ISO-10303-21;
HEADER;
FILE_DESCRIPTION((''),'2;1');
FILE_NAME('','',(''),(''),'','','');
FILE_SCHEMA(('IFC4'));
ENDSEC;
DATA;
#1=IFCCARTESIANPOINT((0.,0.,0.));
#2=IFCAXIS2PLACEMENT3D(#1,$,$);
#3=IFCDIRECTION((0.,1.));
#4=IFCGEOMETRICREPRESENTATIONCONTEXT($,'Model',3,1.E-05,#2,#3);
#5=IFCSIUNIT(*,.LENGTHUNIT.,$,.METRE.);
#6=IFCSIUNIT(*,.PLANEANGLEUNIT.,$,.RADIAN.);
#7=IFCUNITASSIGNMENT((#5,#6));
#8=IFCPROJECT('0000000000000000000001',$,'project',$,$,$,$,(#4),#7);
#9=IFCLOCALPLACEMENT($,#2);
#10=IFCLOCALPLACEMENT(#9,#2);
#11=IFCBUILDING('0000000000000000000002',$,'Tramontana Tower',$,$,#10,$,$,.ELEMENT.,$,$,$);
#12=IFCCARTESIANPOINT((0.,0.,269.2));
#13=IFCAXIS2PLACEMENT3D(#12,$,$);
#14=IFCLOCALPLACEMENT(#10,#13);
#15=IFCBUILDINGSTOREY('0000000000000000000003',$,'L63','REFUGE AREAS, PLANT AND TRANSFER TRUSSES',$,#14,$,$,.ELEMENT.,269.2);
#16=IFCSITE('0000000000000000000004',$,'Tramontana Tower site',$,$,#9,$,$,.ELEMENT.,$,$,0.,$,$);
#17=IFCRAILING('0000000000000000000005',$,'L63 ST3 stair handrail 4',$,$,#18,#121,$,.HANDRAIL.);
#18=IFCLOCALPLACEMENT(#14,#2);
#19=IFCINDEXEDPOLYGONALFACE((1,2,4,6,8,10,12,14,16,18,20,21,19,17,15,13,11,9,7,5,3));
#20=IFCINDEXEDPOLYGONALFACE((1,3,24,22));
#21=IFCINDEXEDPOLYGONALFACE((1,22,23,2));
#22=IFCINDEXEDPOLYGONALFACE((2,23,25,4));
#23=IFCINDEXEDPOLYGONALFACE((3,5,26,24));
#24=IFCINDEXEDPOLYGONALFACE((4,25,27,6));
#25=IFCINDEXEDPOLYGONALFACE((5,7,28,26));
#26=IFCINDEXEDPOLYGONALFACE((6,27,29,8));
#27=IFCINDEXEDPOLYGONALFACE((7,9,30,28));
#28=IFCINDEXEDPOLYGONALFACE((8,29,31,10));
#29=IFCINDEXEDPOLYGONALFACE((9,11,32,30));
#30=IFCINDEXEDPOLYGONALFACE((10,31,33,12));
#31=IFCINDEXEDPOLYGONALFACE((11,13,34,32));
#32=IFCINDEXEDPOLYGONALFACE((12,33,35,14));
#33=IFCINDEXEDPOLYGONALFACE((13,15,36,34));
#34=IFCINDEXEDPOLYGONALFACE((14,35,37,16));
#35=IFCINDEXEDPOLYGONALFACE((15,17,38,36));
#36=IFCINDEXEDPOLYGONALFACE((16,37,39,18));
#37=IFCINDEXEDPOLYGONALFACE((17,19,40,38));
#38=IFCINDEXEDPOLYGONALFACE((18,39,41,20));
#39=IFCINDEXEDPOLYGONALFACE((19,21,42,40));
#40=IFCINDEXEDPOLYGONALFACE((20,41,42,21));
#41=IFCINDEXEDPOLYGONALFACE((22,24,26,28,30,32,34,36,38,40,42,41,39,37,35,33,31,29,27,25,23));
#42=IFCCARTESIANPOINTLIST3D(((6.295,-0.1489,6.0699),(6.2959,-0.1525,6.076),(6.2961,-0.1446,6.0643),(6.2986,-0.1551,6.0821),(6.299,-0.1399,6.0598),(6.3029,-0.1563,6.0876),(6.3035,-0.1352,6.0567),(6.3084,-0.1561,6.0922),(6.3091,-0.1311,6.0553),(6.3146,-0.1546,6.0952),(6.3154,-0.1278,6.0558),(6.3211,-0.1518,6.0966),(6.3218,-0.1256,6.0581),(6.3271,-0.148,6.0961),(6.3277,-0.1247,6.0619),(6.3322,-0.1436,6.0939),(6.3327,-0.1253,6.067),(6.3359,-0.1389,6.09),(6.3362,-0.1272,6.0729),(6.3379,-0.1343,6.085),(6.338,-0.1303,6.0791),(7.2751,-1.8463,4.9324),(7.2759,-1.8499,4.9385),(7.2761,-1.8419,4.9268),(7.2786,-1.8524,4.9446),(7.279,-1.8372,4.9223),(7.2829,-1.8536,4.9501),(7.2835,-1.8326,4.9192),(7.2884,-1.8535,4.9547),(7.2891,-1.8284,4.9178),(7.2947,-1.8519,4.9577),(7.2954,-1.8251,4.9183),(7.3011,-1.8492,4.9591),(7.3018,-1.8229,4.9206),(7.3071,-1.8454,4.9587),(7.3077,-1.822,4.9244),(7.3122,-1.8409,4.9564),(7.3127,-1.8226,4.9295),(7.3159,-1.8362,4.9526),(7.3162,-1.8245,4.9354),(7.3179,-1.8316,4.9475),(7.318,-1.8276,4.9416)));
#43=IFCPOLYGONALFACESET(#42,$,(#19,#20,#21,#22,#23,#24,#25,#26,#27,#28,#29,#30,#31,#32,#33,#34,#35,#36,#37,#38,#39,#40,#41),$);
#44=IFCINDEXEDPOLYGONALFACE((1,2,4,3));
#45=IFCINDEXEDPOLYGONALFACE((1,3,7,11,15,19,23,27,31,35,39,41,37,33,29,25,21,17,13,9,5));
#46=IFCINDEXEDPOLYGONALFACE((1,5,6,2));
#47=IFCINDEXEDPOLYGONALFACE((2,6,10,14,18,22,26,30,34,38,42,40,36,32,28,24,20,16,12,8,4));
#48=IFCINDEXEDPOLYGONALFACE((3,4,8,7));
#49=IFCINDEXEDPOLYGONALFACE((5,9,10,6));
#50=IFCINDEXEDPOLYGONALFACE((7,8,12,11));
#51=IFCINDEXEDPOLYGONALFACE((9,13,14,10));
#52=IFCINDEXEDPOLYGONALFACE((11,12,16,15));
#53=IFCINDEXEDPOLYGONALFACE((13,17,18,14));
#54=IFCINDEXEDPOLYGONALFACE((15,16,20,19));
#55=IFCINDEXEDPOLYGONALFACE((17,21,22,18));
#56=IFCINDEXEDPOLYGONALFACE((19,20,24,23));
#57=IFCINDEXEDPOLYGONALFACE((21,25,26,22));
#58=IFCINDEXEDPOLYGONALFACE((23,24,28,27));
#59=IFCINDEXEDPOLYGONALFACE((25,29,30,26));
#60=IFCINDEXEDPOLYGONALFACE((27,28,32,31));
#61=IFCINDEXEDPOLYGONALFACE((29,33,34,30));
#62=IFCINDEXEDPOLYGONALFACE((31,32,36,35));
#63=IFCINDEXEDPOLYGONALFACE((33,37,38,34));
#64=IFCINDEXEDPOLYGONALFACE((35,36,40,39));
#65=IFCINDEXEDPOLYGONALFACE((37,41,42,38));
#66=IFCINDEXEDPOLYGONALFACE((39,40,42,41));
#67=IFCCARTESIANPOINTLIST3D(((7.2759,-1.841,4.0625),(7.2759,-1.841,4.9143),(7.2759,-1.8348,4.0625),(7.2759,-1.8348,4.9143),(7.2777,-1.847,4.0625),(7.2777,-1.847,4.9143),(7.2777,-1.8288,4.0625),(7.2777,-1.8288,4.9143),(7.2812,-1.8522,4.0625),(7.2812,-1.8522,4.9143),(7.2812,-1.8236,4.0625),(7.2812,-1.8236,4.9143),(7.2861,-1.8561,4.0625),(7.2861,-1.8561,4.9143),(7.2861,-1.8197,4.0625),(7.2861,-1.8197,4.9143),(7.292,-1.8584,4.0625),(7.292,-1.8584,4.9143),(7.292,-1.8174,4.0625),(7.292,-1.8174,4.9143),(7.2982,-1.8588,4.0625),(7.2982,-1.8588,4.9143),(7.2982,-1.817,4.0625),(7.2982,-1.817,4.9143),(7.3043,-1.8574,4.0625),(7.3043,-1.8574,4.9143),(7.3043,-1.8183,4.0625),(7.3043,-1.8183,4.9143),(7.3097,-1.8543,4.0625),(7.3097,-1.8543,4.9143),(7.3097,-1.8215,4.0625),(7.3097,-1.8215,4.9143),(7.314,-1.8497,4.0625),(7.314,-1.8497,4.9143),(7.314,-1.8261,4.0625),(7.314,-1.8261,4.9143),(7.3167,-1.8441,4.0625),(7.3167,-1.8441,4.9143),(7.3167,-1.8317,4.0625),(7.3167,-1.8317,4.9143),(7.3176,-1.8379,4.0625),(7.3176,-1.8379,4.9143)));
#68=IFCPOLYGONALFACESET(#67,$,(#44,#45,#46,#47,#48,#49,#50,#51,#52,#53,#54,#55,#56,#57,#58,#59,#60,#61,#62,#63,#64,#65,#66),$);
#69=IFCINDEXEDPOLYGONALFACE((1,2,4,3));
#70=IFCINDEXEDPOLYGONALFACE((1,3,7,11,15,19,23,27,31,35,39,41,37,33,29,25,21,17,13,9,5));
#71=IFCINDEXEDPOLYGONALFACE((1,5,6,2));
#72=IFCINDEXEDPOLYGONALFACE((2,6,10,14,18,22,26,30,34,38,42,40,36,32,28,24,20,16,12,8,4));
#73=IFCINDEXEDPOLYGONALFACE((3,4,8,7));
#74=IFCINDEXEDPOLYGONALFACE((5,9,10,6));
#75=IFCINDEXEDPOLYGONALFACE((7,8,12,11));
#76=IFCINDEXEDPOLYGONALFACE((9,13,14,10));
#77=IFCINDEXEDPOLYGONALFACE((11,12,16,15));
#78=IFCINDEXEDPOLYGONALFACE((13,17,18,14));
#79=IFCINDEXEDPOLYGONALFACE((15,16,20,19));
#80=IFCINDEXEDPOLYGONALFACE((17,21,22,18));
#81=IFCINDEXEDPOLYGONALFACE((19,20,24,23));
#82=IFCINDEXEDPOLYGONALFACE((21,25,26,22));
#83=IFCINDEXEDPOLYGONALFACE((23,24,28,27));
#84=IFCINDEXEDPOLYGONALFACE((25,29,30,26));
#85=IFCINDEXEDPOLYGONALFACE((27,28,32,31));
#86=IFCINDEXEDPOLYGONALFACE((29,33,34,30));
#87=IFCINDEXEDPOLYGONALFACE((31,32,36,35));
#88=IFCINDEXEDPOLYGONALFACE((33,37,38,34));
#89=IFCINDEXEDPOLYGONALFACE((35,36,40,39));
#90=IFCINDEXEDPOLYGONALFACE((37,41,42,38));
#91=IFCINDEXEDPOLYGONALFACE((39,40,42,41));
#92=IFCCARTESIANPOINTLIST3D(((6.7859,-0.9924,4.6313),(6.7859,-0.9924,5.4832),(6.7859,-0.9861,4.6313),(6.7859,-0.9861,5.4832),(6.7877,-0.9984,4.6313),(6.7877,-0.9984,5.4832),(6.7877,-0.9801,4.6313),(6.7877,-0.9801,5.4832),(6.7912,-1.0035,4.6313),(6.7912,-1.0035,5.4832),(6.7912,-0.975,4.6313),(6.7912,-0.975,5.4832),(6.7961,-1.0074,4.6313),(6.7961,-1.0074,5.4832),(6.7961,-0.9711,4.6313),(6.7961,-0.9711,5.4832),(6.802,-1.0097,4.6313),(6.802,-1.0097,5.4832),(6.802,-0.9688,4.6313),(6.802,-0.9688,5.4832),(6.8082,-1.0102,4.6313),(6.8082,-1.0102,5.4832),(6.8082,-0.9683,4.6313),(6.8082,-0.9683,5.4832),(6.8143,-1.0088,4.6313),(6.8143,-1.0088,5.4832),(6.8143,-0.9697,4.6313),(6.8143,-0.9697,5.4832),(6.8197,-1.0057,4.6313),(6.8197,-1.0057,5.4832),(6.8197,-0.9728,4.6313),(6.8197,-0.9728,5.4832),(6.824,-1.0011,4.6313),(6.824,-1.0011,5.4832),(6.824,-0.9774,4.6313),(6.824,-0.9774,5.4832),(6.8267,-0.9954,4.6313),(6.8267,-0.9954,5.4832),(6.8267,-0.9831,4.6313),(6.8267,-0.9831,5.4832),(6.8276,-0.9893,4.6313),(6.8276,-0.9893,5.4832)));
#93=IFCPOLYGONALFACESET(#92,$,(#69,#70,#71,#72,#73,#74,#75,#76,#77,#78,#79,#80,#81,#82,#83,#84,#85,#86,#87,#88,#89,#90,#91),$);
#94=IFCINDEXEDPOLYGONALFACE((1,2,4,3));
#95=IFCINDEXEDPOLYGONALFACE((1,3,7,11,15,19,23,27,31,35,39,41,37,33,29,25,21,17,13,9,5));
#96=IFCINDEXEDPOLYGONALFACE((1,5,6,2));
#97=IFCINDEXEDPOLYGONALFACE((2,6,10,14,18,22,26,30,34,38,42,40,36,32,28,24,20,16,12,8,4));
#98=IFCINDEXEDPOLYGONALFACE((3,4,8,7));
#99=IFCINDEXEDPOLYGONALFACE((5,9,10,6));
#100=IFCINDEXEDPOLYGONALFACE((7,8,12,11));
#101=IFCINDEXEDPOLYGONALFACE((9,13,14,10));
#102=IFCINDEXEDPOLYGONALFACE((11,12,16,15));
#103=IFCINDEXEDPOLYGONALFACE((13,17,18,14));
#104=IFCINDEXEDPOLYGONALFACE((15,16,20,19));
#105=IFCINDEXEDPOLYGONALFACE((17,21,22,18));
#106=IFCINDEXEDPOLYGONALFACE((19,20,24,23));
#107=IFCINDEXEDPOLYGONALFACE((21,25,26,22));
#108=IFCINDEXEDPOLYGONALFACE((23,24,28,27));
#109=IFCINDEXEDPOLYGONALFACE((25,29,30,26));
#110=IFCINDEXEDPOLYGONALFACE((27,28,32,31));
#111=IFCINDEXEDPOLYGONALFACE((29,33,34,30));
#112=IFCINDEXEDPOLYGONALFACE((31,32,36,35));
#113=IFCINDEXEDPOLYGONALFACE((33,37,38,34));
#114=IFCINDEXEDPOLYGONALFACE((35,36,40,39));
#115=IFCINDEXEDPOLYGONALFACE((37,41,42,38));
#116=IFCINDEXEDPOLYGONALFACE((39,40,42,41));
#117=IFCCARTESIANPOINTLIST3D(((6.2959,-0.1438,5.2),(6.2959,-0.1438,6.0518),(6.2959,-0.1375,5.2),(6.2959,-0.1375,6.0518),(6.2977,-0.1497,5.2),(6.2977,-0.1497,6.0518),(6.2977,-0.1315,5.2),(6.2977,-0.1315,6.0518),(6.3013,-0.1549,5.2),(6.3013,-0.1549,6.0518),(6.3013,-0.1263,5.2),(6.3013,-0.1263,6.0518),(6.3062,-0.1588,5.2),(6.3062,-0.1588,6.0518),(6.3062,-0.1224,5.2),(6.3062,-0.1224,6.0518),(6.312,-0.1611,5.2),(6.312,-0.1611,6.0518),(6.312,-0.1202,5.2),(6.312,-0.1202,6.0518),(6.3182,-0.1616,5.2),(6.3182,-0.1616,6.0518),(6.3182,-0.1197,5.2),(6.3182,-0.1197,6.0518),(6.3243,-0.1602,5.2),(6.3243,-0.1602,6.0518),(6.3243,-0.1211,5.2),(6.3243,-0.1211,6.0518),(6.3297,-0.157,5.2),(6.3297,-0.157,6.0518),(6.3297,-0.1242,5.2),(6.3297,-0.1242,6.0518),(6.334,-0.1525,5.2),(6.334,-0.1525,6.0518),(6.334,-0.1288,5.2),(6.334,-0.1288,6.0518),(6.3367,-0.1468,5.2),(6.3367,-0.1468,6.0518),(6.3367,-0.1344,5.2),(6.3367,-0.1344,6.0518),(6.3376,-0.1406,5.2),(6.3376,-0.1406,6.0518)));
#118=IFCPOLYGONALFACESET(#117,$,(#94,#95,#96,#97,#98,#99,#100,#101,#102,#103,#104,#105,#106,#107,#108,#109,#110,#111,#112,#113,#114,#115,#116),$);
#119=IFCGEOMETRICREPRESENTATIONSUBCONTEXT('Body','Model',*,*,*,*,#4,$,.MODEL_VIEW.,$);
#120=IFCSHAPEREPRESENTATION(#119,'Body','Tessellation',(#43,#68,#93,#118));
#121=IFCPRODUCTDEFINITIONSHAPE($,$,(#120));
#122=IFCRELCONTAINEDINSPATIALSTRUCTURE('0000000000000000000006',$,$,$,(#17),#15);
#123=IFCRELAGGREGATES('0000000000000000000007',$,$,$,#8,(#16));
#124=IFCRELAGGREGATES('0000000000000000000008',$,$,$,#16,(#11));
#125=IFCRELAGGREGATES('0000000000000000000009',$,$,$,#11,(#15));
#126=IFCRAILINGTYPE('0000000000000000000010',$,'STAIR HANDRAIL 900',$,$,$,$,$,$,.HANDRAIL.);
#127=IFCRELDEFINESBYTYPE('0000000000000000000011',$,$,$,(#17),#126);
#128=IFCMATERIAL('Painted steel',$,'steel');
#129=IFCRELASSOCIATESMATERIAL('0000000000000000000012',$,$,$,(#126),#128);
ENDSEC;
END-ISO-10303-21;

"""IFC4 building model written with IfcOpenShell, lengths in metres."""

from ifc_helpers import new_model, si_unit, direction, frame, origin, origin_2d, place, context, subcontext, project, spatial, circle, extrude, material, type_object, element, save


model = new_model("IFC4")

# Units and contexts
model_context = context("Model", 3, precision=1e-05, world=origin(), true_north=direction((0.0, 1.0)))
body_context = subcontext(model_context, "Body", "Model", "MODEL_VIEW")
ifc_project = project(units=[si_unit("LENGTHUNIT", "METRE"), si_unit("PLANEANGLEUNIT", "RADIAN")], contexts=[model_context])

# Site, building, storey
site_placement = place(None, origin())
site = spatial("IfcSite", under=ifc_project, at=site_placement, Name="Tramontana Tower site", CompositionType="ELEMENT", RefElevation=0.0)
building_placement = place(site_placement, origin())
building = spatial("IfcBuilding", under=site, at=building_placement, Name="Tramontana Tower", CompositionType="ELEMENT")
storey_placement = place(building_placement, frame((0.0, 0.0, 269.2)))
storey = spatial("IfcBuildingStorey", under=building, at=storey_placement, Name="L63", Description="REFUGE AREAS, PLANT AND TRANSFER TRUSSES", CompositionType="ELEMENT", Elevation=269.2)

# Railing
ifc_material_1 = material(Name="Painted steel", Category="steel")
railing_type_1 = type_object("IfcRailingType", Name="STAIR HANDRAIL 900", PredefinedType="HANDRAIL", material=ifc_material_1)
for number, where, name in (
    (1, (7.2966, -1.8379, 4.0625), "L63 ST3 stair handrail 4"),
):
    element("IfcRailing", number, at=place(storey_placement, frame(where)), inside=storey, type_object=railing_type_1, Name=name, PredefinedType="HANDRAIL", context=body_context, shape_type="SweptSolid", body=[
        extrude(circle(Radius=0.0239, at=origin_2d()), frame((0.0, 0.0, 0.876), z_axis=(-0.432467, 0.749006, 0.501959), x_axis=(-0.866011, -0.500024, 0.0)), (0.0, 0.0, 1.0), 2.2661),
        extrude(circle(Radius=0.021, at=origin_2d()), origin(), (0.0, 0.0, 1.0), 0.8518),
        extrude(circle(Radius=0.021, at=origin_2d()), frame((-0.49, 0.8486, 0.5688)), (0.0, 0.0, 1.0), 0.8518),
        extrude(circle(Radius=0.021, at=origin_2d()), frame((-0.98, 1.6973, 1.1375)), (0.0, 0.0, 1.0), 0.8518),
    ])

save(model, "model.ifc")
